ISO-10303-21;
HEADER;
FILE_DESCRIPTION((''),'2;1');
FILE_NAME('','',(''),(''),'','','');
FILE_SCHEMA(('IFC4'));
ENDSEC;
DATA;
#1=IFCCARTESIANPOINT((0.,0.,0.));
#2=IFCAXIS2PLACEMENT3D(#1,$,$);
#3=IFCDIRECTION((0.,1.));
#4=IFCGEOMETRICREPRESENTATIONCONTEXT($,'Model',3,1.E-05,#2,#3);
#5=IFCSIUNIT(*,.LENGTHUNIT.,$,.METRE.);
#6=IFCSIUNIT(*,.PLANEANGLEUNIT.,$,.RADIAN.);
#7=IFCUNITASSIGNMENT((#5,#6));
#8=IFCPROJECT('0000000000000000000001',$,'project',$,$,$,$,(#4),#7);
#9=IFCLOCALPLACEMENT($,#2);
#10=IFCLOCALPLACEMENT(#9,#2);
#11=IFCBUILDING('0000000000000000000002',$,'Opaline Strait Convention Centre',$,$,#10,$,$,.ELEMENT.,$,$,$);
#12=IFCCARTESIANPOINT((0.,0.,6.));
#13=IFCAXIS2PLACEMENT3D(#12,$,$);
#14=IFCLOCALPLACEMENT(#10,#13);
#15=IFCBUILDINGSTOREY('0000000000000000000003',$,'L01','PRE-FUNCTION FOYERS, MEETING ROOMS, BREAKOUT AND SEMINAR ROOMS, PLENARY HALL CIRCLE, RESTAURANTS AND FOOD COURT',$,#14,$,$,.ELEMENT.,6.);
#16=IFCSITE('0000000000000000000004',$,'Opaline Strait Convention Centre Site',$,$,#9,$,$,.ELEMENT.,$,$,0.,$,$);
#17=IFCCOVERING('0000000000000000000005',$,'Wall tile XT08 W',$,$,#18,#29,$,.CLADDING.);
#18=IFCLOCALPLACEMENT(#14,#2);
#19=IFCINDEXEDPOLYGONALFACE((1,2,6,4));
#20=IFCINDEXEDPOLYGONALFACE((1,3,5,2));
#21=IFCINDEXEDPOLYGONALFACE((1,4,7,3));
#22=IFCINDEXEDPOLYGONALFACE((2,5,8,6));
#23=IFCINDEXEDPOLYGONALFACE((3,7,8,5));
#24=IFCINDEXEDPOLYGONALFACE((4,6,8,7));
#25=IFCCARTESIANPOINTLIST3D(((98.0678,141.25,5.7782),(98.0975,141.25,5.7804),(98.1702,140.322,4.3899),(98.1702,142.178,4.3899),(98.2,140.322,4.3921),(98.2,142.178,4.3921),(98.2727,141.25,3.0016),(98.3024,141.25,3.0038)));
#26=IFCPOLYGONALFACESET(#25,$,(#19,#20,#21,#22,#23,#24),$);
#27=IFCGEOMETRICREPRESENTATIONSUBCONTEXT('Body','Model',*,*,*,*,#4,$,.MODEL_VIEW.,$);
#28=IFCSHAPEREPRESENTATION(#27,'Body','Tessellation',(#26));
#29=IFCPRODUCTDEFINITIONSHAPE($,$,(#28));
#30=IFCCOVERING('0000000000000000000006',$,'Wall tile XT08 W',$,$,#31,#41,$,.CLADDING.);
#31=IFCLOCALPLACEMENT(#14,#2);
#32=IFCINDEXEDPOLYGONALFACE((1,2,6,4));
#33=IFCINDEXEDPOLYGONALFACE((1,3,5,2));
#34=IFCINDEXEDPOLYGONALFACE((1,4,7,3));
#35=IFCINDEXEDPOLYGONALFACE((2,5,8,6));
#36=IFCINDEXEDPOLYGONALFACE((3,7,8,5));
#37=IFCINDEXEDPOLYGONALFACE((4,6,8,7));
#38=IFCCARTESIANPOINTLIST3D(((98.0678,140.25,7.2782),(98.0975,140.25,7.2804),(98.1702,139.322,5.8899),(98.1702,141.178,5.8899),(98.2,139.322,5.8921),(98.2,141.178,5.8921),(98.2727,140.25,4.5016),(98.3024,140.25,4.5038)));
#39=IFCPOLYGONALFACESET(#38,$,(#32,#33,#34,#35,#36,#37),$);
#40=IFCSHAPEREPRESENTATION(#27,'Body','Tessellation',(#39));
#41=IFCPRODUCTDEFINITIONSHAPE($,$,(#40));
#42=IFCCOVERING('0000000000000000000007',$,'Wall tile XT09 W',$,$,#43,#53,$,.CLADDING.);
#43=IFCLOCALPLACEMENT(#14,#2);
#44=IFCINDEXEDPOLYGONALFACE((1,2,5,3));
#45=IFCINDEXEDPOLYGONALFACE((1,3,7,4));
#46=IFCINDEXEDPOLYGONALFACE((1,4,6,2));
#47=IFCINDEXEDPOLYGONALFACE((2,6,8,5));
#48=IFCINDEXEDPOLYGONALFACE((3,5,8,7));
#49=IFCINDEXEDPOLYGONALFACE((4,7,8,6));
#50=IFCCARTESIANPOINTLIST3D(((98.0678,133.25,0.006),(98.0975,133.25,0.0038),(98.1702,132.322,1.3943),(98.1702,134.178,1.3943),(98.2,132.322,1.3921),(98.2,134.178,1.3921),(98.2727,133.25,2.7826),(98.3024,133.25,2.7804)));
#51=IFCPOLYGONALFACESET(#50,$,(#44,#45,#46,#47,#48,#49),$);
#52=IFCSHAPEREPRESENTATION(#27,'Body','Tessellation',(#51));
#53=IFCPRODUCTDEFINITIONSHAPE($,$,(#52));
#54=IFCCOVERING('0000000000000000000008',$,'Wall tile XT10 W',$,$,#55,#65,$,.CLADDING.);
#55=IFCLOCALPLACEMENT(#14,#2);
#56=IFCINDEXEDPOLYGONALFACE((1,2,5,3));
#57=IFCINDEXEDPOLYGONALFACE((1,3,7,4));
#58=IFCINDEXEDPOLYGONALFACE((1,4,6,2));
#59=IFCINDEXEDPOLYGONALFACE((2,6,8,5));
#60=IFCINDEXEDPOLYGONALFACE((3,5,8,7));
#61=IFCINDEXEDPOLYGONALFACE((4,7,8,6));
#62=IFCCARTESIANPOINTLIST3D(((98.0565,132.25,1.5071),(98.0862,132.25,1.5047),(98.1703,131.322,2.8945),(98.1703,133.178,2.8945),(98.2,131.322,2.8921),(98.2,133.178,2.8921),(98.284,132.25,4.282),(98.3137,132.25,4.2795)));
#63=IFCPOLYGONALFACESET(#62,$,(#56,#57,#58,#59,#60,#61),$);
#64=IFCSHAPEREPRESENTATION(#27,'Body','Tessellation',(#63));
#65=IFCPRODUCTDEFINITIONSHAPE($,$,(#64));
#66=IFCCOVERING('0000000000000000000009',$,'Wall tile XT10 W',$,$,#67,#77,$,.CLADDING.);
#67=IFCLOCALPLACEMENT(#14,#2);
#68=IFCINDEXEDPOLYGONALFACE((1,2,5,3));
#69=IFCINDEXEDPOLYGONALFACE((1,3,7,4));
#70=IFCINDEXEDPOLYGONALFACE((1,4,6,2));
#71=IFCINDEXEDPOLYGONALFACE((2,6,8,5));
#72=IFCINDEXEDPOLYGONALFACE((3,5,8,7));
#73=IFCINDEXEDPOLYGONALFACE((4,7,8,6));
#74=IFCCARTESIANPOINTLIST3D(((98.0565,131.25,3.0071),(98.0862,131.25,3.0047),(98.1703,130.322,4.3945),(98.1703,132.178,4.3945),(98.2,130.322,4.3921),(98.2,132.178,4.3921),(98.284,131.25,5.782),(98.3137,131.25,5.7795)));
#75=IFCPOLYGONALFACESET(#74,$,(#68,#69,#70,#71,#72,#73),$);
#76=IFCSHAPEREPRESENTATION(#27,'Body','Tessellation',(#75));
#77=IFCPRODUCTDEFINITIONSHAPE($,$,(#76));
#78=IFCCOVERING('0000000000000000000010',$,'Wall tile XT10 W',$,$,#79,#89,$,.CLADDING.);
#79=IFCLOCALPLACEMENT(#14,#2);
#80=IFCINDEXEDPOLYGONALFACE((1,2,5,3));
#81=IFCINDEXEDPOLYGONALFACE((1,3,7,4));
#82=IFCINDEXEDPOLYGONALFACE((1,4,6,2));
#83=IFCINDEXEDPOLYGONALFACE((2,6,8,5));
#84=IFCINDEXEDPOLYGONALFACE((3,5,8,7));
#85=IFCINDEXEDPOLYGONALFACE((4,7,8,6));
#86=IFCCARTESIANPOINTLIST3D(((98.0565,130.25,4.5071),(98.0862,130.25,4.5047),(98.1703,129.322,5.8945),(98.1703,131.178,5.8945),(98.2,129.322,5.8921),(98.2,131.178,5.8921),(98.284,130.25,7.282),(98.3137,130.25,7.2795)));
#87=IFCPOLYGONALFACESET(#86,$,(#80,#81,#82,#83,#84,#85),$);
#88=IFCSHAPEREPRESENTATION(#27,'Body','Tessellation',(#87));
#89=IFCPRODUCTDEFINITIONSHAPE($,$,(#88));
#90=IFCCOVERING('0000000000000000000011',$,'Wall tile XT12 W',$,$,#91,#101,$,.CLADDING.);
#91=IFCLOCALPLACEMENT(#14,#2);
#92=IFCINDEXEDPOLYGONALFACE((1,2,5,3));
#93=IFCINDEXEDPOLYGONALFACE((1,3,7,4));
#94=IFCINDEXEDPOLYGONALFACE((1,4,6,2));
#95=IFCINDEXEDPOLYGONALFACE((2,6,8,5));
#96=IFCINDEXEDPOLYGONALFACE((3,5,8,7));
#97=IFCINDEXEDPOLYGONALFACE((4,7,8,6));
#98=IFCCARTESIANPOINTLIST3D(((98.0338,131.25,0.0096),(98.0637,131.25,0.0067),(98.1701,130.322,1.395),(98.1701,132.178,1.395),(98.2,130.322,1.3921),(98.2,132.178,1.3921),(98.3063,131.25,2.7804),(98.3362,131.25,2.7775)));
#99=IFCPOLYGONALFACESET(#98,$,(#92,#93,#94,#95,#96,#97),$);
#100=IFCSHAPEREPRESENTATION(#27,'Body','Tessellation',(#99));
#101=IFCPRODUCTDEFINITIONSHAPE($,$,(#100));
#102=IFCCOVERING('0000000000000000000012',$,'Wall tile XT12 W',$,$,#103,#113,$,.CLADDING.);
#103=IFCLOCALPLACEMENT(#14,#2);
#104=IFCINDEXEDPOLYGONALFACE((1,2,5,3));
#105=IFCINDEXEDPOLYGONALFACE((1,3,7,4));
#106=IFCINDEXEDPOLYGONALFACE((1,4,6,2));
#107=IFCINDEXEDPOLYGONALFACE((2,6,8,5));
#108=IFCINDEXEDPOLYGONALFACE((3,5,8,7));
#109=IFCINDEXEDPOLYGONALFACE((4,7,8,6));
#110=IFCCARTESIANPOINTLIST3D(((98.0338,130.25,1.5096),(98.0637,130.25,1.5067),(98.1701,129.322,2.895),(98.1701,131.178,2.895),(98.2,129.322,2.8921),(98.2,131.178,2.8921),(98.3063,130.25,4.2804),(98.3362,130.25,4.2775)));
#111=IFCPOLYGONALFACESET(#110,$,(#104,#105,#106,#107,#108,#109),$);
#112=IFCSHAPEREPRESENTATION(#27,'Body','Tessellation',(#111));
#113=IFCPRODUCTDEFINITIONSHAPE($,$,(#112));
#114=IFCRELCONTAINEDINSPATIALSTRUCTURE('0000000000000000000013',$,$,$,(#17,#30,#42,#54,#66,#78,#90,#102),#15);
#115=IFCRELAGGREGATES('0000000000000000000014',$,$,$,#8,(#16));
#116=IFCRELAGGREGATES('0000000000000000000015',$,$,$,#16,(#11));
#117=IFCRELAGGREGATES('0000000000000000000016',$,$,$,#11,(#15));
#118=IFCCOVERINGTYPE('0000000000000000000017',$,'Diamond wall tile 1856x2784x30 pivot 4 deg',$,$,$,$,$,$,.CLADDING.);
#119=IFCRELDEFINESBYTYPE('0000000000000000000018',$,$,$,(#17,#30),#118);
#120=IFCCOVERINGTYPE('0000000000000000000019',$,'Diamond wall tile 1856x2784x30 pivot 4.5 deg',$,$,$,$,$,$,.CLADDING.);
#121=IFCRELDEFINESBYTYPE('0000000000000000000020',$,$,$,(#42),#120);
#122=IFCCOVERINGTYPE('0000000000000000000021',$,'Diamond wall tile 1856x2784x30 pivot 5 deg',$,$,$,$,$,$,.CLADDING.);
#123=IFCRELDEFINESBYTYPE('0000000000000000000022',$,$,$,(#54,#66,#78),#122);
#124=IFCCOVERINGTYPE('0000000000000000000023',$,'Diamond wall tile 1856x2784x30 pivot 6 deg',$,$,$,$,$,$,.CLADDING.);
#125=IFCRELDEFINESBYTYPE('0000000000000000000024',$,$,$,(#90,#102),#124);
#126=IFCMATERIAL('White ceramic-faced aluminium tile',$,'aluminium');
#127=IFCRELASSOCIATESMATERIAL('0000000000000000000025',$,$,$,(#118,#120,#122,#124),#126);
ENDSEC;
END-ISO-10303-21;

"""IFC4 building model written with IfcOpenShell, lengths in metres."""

from ifc_helpers import new_model, si_unit, direction, frame, origin, place, context, subcontext, project, spatial, polyline, outline, extrude, material, material_profile, profile_set, type_object, element, save


model = new_model("IFC4")

# Units and contexts
model_context = context("Model", 3, precision=1e-05, world=origin(), true_north=direction((0.0, 1.0)))
body_context = subcontext(model_context, "Body", "Model", "MODEL_VIEW")
ifc_project = project(units=[si_unit("LENGTHUNIT", "METRE"), si_unit("PLANEANGLEUNIT", "RADIAN")], contexts=[model_context])

# Site, building, storey
site_placement = place(None, origin())
site = spatial("IfcSite", under=ifc_project, at=site_placement, Name="Opaline Strait Convention Centre Site", CompositionType="ELEMENT", RefElevation=0.0)
building_placement = place(site_placement, origin())
building = spatial("IfcBuilding", under=site, at=building_placement, Name="Opaline Strait Convention Centre", CompositionType="ELEMENT")
storey_placement = place(building_placement, frame((0.0, 0.0, 6.0)))
storey = spatial("IfcBuildingStorey", under=building, at=storey_placement, Name="L01", Description="PRE-FUNCTION FOYERS, MEETING ROOMS, BREAKOUT AND SEMINAR ROOMS, PLENARY HALL CIRCLE, RESTAURANTS AND FOOD COURT", CompositionType="ELEMENT", Elevation=6.0)

# Coverings
ifc_material = material(Name="White ceramic-faced aluminium tile", Category="aluminium")
ifc_material_profile_1 = material_profile(ifc_material, outline(polyline([(0.928, 0.0), (0.0, 1.3921), (-0.928, 0.0), (0.0, -1.3921), (0.928, 0.0)])), Name="Diamond tile 1856x2784")
ifc_profile_set_1 = profile_set([ifc_material_profile_1], Name="White ceramic-faced aluminium tile")
covering_type_1 = type_object("IfcCoveringType", Name="Diamond wall tile 1856x2784x30 pivot 4 deg", PredefinedType="CLADDING", material=ifc_profile_set_1)
for number, where, z_axis, x_axis, name in (
    (1, (98.2, 141.25, 4.3921), (-0.99729, 0.0, -0.073571), (0.0, -1.0, 0.0), "Wall tile XT08 W"),
    (2, (98.2, 140.25, 5.8921), (-0.99729, 0.0, -0.073571), (0.0, -1.0, 0.0), "Wall tile XT08 W"),
):
    element("IfcCovering", number, at=place(storey_placement, frame(where, z_axis=z_axis, x_axis=x_axis)), inside=storey, type_object=covering_type_1, Name=name, PredefinedType="CLADDING", context=body_context, shape_type="SweptSolid", body=[
        extrude(outline(polyline([(0.928, 0.0), (0.0, 1.3921), (-0.928, 0.0), (0.0, -1.3921), (0.928, 0.0)])), origin(), (0.0, 0.0, 1.0), 0.0298),
    ])
ifc_material_profile_2 = material_profile(ifc_material, outline(polyline([(0.928, 0.0), (0.0, 1.3921), (-0.928, 0.0), (0.0, -1.3921), (0.928, 0.0)])), Name="Diamond tile 1856x2784")
ifc_profile_set_2 = profile_set([ifc_material_profile_2], Name="White ceramic-faced aluminium tile")
covering_type_2 = type_object("IfcCoveringType", Name="Diamond wall tile 1856x2784x30 pivot 4.5 deg", PredefinedType="CLADDING", material=ifc_profile_set_2)
covering_placement = place(storey_placement, frame((98.2, 133.25, 1.3921), z_axis=(-0.99729, 0.0, 0.073571), x_axis=(0.0, -1.0, 0.0)))
element("IfcCovering", 3, at=covering_placement, inside=storey, type_object=covering_type_2, Name="Wall tile XT09 W", PredefinedType="CLADDING", context=body_context, shape_type="SweptSolid", body=[
    extrude(outline(polyline([(0.928, 0.0), (0.0, 1.3921), (-0.928, 0.0), (0.0, -1.3921), (0.928, 0.0)])), origin(), (0.0, 0.0, 1.0), 0.0298),
])
ifc_material_profile_3 = material_profile(ifc_material, outline(polyline([(0.928, 0.0), (0.0, 1.3921), (-0.928, 0.0), (0.0, -1.3921), (0.928, 0.0)])), Name="Diamond tile 1856x2784")
ifc_profile_set_3 = profile_set([ifc_material_profile_3], Name="White ceramic-faced aluminium tile")
covering_type_3 = type_object("IfcCoveringType", Name="Diamond wall tile 1856x2784x30 pivot 5 deg", PredefinedType="CLADDING", material=ifc_profile_set_3)
for number, where, z_axis, x_axis, name in (
    (4, (98.2, 132.25, 2.8921), (-0.996658, 0.0, 0.081693), (0.0, -1.0, 0.0), "Wall tile XT10 W"),
    (5, (98.2, 131.25, 4.3921), (-0.996658, 0.0, 0.081693), (0.0, -1.0, 0.0), "Wall tile XT10 W"),
    (6, (98.2, 130.25, 5.8921), (-0.996658, 0.0, 0.081693), (0.0, -1.0, 0.0), "Wall tile XT10 W"),
):
    element("IfcCovering", number, at=place(storey_placement, frame(where, z_axis=z_axis, x_axis=x_axis)), inside=storey, type_object=covering_type_3, Name=name, PredefinedType="CLADDING", context=body_context, shape_type="SweptSolid", body=[
        extrude(outline(polyline([(0.928, 0.0), (0.0, 1.3921), (-0.928, 0.0), (0.0, -1.3921), (0.928, 0.0)])), origin(), (0.0, 0.0, 1.0), 0.0298),
    ])
ifc_material_profile_4 = material_profile(ifc_material, outline(polyline([(0.928, 0.0), (0.0, 1.3921), (-0.928, 0.0), (0.0, -1.3921), (0.928, 0.0)])), Name="Diamond tile 1856x2784")
ifc_profile_set_4 = profile_set([ifc_material_profile_4], Name="White ceramic-faced aluminium tile")
covering_type_4 = type_object("IfcCoveringType", Name="Diamond wall tile 1856x2784x30 pivot 6 deg", PredefinedType="CLADDING", material=ifc_profile_set_4)
for number, where, z_axis, x_axis, name in (
    (7, (98.2, 131.25, 1.3921), (-0.995197, 0.0, 0.097888), (0.0, -1.0, 0.0), "Wall tile XT12 W"),
    (8, (98.2, 130.25, 2.8921), (-0.995197, 0.0, 0.097888), (0.0, -1.0, 0.0), "Wall tile XT12 W"),
):
    element("IfcCovering", number, at=place(storey_placement, frame(where, z_axis=z_axis, x_axis=x_axis)), inside=storey, type_object=covering_type_4, Name=name, PredefinedType="CLADDING", context=body_context, shape_type="SweptSolid", body=[
        extrude(outline(polyline([(0.928, 0.0), (0.0, 1.3921), (-0.928, 0.0), (0.0, -1.3921), (0.928, 0.0)])), origin(), (0.0, 0.0, 1.0), 0.03),
    ])

save(model, "model.ifc")
